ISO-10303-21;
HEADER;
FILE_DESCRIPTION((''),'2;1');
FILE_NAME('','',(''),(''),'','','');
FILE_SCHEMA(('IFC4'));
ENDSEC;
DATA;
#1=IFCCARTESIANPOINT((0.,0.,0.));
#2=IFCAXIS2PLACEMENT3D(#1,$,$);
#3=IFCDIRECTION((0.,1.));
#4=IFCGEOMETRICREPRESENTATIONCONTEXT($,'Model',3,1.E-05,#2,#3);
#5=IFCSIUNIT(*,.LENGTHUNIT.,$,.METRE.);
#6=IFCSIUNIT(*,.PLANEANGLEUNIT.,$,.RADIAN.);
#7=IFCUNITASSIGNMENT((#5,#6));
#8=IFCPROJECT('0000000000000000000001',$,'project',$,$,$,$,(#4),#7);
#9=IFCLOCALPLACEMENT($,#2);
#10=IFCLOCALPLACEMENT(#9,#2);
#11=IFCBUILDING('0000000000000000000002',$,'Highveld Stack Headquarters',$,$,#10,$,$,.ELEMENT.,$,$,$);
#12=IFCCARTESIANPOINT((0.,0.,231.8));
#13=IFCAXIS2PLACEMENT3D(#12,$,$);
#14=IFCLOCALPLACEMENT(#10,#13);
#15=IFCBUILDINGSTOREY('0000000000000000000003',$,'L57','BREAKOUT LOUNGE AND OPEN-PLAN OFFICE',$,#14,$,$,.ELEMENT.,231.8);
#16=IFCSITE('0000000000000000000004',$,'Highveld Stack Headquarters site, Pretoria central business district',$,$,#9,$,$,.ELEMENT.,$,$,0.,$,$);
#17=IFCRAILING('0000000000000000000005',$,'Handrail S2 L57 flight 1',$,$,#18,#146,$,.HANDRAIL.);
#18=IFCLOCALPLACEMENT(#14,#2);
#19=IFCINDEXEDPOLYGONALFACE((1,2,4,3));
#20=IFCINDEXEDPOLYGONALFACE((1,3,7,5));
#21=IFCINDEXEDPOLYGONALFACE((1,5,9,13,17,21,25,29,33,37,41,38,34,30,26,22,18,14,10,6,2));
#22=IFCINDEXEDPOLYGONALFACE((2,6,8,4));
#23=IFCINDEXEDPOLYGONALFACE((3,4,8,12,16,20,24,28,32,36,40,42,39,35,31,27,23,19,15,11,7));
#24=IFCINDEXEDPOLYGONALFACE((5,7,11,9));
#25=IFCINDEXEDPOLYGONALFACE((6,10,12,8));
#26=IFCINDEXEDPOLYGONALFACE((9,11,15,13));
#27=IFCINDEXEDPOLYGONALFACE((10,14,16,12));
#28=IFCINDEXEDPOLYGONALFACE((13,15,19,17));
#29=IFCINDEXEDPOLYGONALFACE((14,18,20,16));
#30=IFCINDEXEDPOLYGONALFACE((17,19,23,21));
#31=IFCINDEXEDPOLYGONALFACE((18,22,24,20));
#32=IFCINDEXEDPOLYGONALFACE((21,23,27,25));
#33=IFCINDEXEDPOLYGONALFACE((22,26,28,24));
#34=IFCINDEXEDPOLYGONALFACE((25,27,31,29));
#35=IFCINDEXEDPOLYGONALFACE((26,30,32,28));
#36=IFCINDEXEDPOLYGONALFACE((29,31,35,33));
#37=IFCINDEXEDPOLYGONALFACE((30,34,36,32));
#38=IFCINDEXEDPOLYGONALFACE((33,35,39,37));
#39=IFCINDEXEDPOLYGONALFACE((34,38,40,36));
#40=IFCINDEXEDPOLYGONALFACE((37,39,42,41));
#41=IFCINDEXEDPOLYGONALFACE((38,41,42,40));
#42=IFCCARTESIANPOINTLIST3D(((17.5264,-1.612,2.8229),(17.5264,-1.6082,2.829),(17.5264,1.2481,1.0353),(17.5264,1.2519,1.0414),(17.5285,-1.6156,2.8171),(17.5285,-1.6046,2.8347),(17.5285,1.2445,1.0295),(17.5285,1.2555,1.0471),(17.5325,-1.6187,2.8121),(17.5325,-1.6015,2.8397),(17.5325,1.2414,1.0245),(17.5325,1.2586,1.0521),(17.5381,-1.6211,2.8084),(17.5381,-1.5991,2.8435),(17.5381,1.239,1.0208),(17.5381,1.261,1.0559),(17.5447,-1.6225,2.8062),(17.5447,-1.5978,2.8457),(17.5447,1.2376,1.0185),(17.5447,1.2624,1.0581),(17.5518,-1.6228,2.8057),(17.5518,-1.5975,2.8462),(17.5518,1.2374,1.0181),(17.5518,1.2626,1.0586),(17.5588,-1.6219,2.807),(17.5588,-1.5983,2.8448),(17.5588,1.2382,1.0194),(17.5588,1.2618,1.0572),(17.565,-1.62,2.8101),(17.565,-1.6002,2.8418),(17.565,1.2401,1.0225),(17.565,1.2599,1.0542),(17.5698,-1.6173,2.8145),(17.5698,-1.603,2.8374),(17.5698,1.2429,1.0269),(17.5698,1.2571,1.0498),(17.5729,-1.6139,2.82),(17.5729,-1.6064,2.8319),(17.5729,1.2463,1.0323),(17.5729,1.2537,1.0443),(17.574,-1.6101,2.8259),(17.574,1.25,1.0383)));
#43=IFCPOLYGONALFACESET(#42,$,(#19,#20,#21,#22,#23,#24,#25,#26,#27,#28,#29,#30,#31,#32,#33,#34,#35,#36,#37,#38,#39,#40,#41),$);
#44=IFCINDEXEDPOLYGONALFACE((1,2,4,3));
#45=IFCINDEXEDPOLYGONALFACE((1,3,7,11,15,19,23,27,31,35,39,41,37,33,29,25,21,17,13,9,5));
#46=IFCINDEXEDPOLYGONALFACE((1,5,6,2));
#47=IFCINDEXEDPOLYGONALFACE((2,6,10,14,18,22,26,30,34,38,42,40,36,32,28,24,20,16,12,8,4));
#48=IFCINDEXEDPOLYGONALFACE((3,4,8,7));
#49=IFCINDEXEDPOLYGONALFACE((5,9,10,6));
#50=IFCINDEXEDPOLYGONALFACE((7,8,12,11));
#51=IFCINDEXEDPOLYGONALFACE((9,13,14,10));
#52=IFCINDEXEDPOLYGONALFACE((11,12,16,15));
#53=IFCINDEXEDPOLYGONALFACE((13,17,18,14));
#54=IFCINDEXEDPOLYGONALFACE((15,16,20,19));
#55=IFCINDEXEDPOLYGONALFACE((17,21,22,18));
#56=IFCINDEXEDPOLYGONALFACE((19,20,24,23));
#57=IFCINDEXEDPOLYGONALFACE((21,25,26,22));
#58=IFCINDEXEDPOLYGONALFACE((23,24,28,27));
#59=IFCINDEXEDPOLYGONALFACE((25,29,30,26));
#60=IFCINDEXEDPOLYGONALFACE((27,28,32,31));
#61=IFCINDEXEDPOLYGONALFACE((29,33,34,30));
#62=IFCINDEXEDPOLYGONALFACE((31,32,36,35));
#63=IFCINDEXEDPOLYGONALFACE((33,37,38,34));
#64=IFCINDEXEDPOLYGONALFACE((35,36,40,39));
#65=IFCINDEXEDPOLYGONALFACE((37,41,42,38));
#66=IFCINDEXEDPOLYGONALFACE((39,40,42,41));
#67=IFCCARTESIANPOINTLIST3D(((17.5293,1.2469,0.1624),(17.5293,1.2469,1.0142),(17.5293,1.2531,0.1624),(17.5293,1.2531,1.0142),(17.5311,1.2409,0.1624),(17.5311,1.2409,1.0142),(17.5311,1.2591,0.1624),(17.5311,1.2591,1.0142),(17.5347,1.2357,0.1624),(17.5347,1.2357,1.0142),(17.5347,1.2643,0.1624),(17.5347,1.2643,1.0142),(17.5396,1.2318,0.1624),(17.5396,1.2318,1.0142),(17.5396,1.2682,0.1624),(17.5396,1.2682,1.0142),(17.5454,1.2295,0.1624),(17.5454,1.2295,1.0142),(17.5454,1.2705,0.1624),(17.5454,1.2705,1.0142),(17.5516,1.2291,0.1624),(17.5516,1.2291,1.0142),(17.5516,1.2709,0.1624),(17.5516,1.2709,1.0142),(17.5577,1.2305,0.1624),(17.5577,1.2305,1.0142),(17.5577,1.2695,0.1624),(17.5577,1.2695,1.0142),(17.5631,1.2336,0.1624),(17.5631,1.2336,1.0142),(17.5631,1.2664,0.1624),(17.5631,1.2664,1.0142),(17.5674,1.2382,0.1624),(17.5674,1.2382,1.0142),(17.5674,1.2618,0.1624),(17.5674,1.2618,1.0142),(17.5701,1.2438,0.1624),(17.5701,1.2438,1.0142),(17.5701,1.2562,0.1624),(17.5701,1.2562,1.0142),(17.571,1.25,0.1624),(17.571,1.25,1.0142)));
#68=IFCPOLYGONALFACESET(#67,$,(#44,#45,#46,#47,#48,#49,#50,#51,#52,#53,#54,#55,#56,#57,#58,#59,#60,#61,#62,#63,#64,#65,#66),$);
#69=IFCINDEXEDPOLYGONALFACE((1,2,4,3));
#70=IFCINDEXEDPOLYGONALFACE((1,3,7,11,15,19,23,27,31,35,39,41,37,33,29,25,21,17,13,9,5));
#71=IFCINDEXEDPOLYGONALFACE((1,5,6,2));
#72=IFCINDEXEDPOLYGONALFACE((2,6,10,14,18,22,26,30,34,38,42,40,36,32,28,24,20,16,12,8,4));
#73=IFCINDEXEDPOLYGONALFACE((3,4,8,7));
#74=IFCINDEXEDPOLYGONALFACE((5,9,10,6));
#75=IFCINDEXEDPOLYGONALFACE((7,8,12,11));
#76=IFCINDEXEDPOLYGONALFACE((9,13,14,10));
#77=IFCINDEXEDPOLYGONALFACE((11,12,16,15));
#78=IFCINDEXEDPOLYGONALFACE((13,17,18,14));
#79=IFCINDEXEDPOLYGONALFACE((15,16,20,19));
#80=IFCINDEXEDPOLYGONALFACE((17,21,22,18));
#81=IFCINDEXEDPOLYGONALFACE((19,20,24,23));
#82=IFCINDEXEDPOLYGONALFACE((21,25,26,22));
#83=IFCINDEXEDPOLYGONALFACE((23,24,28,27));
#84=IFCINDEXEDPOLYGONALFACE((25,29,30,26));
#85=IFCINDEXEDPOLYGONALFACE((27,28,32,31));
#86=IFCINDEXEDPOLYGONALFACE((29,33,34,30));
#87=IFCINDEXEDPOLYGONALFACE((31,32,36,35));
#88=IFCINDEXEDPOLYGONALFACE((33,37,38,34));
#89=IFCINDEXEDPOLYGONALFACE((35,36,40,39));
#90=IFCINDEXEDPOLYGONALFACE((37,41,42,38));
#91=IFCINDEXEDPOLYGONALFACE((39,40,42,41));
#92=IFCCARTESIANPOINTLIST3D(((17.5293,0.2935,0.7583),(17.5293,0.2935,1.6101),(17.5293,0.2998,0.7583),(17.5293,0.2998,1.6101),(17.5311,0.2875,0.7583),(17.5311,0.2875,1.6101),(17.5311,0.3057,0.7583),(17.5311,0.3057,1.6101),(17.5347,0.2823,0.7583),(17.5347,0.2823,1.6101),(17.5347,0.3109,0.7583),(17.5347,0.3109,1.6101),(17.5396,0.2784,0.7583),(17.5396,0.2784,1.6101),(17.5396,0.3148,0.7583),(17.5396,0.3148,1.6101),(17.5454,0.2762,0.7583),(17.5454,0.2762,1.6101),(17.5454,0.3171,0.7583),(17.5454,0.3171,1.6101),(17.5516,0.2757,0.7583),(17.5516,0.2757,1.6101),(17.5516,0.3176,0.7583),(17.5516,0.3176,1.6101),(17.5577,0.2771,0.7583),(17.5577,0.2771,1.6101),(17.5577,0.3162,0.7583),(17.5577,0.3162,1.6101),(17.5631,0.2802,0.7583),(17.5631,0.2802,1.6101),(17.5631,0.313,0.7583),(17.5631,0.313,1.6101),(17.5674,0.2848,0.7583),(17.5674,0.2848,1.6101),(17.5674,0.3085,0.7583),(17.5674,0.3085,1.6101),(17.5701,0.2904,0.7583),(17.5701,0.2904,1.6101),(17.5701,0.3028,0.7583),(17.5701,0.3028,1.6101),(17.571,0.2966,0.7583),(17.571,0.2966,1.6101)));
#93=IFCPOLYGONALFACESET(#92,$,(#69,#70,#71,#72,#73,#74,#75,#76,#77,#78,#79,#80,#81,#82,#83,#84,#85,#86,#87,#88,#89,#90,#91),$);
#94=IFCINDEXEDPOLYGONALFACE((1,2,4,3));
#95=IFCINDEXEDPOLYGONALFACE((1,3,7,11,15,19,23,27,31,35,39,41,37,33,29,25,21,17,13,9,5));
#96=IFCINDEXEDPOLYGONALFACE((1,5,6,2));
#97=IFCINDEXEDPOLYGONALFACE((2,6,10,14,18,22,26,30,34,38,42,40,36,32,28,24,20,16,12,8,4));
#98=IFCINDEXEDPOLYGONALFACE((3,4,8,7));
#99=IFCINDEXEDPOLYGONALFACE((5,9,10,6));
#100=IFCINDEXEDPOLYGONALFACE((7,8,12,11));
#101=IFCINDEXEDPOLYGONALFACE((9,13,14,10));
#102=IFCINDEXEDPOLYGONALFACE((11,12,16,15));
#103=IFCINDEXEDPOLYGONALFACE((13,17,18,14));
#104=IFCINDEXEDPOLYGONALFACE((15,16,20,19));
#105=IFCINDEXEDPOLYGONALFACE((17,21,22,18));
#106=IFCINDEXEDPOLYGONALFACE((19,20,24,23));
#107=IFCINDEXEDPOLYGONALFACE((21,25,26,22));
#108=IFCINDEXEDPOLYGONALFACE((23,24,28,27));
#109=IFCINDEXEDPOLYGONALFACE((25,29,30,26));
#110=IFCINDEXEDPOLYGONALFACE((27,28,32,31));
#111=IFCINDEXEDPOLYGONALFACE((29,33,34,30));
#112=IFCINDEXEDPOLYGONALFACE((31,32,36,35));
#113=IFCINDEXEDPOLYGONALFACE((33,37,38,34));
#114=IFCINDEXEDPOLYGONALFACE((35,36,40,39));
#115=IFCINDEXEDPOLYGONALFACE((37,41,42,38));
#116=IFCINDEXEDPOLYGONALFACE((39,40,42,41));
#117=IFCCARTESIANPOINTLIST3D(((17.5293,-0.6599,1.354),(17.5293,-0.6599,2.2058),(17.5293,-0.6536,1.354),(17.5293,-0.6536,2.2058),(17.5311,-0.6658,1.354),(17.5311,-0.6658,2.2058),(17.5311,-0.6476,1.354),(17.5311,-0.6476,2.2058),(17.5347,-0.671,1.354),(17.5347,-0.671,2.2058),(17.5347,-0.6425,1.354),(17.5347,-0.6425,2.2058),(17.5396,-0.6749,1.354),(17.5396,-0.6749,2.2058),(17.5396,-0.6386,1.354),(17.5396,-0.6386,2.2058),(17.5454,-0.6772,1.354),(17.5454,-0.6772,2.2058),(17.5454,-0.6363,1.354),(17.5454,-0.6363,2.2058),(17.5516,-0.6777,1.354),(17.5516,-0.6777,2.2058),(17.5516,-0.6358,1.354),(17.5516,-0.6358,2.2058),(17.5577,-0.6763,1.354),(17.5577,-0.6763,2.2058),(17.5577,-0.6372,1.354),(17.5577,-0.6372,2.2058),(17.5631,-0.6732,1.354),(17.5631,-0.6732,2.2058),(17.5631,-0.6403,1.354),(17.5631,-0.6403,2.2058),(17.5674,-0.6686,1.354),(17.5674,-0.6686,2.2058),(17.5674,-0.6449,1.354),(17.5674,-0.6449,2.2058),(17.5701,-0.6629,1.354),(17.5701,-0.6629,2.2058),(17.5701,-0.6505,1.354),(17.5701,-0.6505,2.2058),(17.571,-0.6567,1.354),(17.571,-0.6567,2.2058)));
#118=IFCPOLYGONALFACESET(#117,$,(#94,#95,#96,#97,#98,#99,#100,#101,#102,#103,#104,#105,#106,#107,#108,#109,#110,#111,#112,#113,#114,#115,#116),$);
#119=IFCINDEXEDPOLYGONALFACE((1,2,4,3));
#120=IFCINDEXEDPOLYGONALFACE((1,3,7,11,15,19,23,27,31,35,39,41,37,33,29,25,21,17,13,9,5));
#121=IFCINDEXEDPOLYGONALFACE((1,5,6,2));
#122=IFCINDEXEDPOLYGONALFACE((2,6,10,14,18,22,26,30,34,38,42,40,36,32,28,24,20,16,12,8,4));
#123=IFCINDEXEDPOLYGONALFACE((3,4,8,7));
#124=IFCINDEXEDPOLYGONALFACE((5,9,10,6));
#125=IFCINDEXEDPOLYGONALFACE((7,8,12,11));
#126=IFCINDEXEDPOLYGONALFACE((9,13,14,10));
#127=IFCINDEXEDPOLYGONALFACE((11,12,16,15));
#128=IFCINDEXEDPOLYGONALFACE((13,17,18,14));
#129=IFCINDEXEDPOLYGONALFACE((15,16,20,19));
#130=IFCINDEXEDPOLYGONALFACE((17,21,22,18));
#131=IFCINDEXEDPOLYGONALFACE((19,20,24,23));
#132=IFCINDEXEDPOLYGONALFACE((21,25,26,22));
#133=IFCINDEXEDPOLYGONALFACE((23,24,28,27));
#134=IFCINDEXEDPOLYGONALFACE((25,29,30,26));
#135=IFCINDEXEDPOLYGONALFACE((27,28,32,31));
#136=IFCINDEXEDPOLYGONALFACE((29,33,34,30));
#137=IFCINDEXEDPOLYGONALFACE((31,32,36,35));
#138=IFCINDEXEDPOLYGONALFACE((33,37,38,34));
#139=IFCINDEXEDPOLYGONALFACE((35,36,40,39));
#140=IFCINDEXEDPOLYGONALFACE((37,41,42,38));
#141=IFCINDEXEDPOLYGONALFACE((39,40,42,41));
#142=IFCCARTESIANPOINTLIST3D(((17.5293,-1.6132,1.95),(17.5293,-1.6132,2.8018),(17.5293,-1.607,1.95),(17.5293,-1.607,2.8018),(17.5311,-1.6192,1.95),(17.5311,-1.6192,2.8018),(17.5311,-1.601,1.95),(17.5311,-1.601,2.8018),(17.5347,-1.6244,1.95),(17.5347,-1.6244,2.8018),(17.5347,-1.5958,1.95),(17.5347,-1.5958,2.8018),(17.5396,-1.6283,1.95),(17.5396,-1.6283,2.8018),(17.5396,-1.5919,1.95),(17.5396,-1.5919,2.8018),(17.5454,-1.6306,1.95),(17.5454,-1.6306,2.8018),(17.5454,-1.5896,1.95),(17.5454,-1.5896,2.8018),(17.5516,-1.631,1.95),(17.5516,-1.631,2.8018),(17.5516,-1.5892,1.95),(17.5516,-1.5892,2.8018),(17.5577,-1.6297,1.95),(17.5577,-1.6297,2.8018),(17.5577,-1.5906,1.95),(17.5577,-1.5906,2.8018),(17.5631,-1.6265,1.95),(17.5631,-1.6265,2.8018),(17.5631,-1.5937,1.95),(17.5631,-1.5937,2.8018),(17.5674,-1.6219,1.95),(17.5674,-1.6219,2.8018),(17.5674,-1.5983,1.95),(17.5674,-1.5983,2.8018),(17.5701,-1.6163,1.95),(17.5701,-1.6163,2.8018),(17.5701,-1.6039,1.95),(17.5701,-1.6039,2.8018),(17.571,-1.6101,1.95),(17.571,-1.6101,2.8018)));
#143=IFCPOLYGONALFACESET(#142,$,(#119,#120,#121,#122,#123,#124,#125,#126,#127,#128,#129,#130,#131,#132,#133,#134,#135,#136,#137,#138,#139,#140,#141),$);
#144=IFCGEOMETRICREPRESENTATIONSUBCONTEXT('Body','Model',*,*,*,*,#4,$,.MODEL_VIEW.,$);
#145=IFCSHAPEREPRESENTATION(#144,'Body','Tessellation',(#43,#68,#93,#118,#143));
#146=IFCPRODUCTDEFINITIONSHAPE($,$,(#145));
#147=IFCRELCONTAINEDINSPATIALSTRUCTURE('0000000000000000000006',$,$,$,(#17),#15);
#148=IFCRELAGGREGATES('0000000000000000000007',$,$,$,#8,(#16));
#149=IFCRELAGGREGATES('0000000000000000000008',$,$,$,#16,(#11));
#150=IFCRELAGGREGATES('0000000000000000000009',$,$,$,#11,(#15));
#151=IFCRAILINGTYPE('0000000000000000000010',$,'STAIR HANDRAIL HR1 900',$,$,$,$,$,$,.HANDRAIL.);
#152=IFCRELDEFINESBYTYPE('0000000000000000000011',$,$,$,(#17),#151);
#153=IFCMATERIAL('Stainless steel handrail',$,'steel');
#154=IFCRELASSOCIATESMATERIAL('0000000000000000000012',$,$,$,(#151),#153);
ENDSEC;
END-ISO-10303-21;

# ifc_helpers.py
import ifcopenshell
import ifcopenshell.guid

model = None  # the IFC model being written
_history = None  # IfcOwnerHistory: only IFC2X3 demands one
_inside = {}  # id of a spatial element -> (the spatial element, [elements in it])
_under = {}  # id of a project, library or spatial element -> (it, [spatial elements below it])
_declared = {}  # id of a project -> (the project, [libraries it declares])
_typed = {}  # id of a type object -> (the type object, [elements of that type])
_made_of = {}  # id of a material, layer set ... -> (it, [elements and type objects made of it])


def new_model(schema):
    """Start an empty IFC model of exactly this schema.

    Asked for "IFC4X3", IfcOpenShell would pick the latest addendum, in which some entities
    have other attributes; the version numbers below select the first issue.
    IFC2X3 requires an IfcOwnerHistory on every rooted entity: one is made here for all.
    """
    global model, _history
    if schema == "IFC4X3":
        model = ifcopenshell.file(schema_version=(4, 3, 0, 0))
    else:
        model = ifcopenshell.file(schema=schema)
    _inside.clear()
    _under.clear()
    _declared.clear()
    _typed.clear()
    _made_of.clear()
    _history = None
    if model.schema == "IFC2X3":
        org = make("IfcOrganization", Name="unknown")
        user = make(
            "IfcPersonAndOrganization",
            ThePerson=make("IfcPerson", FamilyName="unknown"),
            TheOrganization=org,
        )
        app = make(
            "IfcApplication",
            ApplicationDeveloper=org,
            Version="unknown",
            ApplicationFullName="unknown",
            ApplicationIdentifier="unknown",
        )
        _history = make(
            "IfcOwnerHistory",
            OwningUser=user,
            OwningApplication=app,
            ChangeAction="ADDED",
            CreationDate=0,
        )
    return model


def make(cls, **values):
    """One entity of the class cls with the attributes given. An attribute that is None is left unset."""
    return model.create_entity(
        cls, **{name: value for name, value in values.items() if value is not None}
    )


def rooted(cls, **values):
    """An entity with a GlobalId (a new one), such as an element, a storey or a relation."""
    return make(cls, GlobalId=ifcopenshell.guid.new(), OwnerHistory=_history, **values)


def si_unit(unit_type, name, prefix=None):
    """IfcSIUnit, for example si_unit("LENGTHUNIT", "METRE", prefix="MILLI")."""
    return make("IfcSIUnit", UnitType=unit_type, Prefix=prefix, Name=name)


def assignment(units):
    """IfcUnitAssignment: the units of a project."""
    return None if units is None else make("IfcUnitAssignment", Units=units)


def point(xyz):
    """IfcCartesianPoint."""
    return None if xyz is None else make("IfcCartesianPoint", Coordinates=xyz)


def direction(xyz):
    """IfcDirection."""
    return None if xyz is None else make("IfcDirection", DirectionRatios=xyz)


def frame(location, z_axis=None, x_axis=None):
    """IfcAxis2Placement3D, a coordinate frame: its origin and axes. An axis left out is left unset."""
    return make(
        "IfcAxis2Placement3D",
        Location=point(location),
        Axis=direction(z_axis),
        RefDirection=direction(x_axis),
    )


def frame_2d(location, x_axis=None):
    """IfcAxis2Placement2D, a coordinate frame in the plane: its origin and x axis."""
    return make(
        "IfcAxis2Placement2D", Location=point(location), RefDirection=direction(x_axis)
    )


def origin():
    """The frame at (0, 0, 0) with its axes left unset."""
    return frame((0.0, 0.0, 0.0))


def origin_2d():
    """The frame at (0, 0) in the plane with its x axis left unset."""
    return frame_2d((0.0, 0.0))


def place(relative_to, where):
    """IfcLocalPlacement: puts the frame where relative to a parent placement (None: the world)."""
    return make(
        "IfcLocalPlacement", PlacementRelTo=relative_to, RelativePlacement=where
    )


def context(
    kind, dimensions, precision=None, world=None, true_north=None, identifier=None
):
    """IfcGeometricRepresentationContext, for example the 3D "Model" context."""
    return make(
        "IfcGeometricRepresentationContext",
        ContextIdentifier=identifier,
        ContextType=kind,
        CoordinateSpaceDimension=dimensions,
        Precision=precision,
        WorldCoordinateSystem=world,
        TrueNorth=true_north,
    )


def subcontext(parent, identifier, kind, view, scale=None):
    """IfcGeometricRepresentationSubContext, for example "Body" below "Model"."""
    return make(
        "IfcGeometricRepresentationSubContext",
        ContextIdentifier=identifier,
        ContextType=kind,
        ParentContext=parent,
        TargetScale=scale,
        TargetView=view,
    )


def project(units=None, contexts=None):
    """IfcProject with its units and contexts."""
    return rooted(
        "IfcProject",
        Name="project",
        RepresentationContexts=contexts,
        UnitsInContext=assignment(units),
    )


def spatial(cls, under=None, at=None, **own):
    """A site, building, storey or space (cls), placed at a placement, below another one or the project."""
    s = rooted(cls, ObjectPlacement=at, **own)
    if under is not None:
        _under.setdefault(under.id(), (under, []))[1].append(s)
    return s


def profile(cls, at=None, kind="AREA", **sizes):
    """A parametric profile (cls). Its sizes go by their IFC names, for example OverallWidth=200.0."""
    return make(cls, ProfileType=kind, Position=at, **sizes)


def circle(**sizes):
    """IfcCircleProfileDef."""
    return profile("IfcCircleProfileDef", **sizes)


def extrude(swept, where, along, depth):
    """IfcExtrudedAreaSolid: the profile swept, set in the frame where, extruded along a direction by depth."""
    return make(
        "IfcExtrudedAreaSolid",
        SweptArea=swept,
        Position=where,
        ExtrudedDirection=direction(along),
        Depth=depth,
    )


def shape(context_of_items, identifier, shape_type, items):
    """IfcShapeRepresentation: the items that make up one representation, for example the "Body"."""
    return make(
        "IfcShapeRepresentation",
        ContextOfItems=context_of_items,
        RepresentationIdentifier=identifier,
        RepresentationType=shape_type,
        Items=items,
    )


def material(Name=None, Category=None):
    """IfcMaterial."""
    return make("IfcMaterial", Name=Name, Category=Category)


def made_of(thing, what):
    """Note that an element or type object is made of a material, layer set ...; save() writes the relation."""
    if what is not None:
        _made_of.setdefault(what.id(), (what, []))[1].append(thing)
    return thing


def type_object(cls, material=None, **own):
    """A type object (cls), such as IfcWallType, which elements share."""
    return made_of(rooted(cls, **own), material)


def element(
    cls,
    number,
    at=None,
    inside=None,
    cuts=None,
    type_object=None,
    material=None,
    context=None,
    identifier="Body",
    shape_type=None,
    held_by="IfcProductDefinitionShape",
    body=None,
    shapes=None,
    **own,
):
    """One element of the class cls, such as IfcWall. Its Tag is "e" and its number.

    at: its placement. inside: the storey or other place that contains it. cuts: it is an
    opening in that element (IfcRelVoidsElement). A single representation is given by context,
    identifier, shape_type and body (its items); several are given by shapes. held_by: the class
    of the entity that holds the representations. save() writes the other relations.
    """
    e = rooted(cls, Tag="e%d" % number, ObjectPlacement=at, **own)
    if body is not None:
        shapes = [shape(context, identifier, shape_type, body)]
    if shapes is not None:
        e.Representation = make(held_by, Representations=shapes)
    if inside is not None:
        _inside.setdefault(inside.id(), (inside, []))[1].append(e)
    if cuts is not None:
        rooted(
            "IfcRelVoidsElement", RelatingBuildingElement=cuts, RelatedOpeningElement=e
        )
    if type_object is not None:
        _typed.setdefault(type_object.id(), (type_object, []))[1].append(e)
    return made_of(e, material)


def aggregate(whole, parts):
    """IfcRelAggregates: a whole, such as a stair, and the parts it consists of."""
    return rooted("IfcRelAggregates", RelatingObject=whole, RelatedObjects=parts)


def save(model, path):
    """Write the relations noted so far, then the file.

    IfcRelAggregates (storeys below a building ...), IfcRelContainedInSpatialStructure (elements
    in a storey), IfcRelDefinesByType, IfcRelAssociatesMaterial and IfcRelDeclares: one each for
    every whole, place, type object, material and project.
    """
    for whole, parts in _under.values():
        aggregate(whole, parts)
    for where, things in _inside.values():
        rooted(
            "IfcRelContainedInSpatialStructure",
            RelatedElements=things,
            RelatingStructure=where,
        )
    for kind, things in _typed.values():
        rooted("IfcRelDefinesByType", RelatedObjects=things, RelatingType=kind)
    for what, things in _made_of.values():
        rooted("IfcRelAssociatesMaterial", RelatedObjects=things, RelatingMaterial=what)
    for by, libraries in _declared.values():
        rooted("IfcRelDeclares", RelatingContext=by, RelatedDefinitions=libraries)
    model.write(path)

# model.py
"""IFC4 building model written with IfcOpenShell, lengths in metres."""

from ifc_helpers import new_model, si_unit, direction, frame, origin, origin_2d, place, context, subcontext, project, spatial, circle, extrude, material, type_object, element, save


model = new_model("IFC4")

# Units and contexts
model_context = context("Model", 3, precision=1e-05, world=origin(), true_north=direction((0.0, 1.0)))
body_context = subcontext(model_context, "Body", "Model", "MODEL_VIEW")
ifc_project = project(units=[si_unit("LENGTHUNIT", "METRE"), si_unit("PLANEANGLEUNIT", "RADIAN")], contexts=[model_context])

# Site, building, storey
site_placement = place(None, origin())
site = spatial("IfcSite", under=ifc_project, at=site_placement, Name="Highveld Stack Headquarters site, Pretoria central business district", CompositionType="ELEMENT", RefElevation=0.0)
building_placement = place(site_placement, origin())
building = spatial("IfcBuilding", under=site, at=building_placement, Name="Highveld Stack Headquarters", CompositionType="ELEMENT")
storey_placement = place(building_placement, frame((0.0, 0.0, 231.8)))
storey = spatial("IfcBuildingStorey", under=building, at=storey_placement, Name="L57", Description="BREAKOUT LOUNGE AND OPEN-PLAN OFFICE", CompositionType="ELEMENT", Elevation=231.8)

# Railing
ifc_material_1 = material(Name="Stainless steel handrail", Category="steel")
railing_type = type_object("IfcRailingType", Name="STAIR HANDRAIL HR1 900", PredefinedType="HANDRAIL", material=ifc_material_1)
for number, where, name in (
    (1, (17.55, 1.25, 0.1624), "Handrail S2 L57 flight 1"),
):
    element("IfcRailing", number, at=place(storey_placement, frame(where)), inside=storey, type_object=railing_type, Name=name, PredefinedType="HANDRAIL", context=body_context, shape_type="SweptSolid", body=[
        extrude(circle(Radius=0.0239, at=origin_2d()), frame((0.0, 0.0, 0.876), z_axis=(0.0, -0.847994, 0.530005), x_axis=(1.0, 0.0, 0.0)), (0.0, 0.0, 1.0), 3.3728),
        extrude(circle(Radius=0.021, at=origin_2d()), origin(), (0.0, 0.0, 1.0), 0.8518),
        extrude(circle(Radius=0.021, at=origin_2d()), frame((0.0, -0.9534, 0.5959)), (0.0, 0.0, 1.0), 0.8518),
        extrude(circle(Radius=0.021, at=origin_2d()), frame((0.0, -1.9067, 1.1917)), (0.0, 0.0, 1.0), 0.8518),
        extrude(circle(Radius=0.021, at=origin_2d()), frame((0.0, -2.8601, 1.7876)), (0.0, 0.0, 1.0), 0.8518),
    ])

save(model, "model.ifc")
